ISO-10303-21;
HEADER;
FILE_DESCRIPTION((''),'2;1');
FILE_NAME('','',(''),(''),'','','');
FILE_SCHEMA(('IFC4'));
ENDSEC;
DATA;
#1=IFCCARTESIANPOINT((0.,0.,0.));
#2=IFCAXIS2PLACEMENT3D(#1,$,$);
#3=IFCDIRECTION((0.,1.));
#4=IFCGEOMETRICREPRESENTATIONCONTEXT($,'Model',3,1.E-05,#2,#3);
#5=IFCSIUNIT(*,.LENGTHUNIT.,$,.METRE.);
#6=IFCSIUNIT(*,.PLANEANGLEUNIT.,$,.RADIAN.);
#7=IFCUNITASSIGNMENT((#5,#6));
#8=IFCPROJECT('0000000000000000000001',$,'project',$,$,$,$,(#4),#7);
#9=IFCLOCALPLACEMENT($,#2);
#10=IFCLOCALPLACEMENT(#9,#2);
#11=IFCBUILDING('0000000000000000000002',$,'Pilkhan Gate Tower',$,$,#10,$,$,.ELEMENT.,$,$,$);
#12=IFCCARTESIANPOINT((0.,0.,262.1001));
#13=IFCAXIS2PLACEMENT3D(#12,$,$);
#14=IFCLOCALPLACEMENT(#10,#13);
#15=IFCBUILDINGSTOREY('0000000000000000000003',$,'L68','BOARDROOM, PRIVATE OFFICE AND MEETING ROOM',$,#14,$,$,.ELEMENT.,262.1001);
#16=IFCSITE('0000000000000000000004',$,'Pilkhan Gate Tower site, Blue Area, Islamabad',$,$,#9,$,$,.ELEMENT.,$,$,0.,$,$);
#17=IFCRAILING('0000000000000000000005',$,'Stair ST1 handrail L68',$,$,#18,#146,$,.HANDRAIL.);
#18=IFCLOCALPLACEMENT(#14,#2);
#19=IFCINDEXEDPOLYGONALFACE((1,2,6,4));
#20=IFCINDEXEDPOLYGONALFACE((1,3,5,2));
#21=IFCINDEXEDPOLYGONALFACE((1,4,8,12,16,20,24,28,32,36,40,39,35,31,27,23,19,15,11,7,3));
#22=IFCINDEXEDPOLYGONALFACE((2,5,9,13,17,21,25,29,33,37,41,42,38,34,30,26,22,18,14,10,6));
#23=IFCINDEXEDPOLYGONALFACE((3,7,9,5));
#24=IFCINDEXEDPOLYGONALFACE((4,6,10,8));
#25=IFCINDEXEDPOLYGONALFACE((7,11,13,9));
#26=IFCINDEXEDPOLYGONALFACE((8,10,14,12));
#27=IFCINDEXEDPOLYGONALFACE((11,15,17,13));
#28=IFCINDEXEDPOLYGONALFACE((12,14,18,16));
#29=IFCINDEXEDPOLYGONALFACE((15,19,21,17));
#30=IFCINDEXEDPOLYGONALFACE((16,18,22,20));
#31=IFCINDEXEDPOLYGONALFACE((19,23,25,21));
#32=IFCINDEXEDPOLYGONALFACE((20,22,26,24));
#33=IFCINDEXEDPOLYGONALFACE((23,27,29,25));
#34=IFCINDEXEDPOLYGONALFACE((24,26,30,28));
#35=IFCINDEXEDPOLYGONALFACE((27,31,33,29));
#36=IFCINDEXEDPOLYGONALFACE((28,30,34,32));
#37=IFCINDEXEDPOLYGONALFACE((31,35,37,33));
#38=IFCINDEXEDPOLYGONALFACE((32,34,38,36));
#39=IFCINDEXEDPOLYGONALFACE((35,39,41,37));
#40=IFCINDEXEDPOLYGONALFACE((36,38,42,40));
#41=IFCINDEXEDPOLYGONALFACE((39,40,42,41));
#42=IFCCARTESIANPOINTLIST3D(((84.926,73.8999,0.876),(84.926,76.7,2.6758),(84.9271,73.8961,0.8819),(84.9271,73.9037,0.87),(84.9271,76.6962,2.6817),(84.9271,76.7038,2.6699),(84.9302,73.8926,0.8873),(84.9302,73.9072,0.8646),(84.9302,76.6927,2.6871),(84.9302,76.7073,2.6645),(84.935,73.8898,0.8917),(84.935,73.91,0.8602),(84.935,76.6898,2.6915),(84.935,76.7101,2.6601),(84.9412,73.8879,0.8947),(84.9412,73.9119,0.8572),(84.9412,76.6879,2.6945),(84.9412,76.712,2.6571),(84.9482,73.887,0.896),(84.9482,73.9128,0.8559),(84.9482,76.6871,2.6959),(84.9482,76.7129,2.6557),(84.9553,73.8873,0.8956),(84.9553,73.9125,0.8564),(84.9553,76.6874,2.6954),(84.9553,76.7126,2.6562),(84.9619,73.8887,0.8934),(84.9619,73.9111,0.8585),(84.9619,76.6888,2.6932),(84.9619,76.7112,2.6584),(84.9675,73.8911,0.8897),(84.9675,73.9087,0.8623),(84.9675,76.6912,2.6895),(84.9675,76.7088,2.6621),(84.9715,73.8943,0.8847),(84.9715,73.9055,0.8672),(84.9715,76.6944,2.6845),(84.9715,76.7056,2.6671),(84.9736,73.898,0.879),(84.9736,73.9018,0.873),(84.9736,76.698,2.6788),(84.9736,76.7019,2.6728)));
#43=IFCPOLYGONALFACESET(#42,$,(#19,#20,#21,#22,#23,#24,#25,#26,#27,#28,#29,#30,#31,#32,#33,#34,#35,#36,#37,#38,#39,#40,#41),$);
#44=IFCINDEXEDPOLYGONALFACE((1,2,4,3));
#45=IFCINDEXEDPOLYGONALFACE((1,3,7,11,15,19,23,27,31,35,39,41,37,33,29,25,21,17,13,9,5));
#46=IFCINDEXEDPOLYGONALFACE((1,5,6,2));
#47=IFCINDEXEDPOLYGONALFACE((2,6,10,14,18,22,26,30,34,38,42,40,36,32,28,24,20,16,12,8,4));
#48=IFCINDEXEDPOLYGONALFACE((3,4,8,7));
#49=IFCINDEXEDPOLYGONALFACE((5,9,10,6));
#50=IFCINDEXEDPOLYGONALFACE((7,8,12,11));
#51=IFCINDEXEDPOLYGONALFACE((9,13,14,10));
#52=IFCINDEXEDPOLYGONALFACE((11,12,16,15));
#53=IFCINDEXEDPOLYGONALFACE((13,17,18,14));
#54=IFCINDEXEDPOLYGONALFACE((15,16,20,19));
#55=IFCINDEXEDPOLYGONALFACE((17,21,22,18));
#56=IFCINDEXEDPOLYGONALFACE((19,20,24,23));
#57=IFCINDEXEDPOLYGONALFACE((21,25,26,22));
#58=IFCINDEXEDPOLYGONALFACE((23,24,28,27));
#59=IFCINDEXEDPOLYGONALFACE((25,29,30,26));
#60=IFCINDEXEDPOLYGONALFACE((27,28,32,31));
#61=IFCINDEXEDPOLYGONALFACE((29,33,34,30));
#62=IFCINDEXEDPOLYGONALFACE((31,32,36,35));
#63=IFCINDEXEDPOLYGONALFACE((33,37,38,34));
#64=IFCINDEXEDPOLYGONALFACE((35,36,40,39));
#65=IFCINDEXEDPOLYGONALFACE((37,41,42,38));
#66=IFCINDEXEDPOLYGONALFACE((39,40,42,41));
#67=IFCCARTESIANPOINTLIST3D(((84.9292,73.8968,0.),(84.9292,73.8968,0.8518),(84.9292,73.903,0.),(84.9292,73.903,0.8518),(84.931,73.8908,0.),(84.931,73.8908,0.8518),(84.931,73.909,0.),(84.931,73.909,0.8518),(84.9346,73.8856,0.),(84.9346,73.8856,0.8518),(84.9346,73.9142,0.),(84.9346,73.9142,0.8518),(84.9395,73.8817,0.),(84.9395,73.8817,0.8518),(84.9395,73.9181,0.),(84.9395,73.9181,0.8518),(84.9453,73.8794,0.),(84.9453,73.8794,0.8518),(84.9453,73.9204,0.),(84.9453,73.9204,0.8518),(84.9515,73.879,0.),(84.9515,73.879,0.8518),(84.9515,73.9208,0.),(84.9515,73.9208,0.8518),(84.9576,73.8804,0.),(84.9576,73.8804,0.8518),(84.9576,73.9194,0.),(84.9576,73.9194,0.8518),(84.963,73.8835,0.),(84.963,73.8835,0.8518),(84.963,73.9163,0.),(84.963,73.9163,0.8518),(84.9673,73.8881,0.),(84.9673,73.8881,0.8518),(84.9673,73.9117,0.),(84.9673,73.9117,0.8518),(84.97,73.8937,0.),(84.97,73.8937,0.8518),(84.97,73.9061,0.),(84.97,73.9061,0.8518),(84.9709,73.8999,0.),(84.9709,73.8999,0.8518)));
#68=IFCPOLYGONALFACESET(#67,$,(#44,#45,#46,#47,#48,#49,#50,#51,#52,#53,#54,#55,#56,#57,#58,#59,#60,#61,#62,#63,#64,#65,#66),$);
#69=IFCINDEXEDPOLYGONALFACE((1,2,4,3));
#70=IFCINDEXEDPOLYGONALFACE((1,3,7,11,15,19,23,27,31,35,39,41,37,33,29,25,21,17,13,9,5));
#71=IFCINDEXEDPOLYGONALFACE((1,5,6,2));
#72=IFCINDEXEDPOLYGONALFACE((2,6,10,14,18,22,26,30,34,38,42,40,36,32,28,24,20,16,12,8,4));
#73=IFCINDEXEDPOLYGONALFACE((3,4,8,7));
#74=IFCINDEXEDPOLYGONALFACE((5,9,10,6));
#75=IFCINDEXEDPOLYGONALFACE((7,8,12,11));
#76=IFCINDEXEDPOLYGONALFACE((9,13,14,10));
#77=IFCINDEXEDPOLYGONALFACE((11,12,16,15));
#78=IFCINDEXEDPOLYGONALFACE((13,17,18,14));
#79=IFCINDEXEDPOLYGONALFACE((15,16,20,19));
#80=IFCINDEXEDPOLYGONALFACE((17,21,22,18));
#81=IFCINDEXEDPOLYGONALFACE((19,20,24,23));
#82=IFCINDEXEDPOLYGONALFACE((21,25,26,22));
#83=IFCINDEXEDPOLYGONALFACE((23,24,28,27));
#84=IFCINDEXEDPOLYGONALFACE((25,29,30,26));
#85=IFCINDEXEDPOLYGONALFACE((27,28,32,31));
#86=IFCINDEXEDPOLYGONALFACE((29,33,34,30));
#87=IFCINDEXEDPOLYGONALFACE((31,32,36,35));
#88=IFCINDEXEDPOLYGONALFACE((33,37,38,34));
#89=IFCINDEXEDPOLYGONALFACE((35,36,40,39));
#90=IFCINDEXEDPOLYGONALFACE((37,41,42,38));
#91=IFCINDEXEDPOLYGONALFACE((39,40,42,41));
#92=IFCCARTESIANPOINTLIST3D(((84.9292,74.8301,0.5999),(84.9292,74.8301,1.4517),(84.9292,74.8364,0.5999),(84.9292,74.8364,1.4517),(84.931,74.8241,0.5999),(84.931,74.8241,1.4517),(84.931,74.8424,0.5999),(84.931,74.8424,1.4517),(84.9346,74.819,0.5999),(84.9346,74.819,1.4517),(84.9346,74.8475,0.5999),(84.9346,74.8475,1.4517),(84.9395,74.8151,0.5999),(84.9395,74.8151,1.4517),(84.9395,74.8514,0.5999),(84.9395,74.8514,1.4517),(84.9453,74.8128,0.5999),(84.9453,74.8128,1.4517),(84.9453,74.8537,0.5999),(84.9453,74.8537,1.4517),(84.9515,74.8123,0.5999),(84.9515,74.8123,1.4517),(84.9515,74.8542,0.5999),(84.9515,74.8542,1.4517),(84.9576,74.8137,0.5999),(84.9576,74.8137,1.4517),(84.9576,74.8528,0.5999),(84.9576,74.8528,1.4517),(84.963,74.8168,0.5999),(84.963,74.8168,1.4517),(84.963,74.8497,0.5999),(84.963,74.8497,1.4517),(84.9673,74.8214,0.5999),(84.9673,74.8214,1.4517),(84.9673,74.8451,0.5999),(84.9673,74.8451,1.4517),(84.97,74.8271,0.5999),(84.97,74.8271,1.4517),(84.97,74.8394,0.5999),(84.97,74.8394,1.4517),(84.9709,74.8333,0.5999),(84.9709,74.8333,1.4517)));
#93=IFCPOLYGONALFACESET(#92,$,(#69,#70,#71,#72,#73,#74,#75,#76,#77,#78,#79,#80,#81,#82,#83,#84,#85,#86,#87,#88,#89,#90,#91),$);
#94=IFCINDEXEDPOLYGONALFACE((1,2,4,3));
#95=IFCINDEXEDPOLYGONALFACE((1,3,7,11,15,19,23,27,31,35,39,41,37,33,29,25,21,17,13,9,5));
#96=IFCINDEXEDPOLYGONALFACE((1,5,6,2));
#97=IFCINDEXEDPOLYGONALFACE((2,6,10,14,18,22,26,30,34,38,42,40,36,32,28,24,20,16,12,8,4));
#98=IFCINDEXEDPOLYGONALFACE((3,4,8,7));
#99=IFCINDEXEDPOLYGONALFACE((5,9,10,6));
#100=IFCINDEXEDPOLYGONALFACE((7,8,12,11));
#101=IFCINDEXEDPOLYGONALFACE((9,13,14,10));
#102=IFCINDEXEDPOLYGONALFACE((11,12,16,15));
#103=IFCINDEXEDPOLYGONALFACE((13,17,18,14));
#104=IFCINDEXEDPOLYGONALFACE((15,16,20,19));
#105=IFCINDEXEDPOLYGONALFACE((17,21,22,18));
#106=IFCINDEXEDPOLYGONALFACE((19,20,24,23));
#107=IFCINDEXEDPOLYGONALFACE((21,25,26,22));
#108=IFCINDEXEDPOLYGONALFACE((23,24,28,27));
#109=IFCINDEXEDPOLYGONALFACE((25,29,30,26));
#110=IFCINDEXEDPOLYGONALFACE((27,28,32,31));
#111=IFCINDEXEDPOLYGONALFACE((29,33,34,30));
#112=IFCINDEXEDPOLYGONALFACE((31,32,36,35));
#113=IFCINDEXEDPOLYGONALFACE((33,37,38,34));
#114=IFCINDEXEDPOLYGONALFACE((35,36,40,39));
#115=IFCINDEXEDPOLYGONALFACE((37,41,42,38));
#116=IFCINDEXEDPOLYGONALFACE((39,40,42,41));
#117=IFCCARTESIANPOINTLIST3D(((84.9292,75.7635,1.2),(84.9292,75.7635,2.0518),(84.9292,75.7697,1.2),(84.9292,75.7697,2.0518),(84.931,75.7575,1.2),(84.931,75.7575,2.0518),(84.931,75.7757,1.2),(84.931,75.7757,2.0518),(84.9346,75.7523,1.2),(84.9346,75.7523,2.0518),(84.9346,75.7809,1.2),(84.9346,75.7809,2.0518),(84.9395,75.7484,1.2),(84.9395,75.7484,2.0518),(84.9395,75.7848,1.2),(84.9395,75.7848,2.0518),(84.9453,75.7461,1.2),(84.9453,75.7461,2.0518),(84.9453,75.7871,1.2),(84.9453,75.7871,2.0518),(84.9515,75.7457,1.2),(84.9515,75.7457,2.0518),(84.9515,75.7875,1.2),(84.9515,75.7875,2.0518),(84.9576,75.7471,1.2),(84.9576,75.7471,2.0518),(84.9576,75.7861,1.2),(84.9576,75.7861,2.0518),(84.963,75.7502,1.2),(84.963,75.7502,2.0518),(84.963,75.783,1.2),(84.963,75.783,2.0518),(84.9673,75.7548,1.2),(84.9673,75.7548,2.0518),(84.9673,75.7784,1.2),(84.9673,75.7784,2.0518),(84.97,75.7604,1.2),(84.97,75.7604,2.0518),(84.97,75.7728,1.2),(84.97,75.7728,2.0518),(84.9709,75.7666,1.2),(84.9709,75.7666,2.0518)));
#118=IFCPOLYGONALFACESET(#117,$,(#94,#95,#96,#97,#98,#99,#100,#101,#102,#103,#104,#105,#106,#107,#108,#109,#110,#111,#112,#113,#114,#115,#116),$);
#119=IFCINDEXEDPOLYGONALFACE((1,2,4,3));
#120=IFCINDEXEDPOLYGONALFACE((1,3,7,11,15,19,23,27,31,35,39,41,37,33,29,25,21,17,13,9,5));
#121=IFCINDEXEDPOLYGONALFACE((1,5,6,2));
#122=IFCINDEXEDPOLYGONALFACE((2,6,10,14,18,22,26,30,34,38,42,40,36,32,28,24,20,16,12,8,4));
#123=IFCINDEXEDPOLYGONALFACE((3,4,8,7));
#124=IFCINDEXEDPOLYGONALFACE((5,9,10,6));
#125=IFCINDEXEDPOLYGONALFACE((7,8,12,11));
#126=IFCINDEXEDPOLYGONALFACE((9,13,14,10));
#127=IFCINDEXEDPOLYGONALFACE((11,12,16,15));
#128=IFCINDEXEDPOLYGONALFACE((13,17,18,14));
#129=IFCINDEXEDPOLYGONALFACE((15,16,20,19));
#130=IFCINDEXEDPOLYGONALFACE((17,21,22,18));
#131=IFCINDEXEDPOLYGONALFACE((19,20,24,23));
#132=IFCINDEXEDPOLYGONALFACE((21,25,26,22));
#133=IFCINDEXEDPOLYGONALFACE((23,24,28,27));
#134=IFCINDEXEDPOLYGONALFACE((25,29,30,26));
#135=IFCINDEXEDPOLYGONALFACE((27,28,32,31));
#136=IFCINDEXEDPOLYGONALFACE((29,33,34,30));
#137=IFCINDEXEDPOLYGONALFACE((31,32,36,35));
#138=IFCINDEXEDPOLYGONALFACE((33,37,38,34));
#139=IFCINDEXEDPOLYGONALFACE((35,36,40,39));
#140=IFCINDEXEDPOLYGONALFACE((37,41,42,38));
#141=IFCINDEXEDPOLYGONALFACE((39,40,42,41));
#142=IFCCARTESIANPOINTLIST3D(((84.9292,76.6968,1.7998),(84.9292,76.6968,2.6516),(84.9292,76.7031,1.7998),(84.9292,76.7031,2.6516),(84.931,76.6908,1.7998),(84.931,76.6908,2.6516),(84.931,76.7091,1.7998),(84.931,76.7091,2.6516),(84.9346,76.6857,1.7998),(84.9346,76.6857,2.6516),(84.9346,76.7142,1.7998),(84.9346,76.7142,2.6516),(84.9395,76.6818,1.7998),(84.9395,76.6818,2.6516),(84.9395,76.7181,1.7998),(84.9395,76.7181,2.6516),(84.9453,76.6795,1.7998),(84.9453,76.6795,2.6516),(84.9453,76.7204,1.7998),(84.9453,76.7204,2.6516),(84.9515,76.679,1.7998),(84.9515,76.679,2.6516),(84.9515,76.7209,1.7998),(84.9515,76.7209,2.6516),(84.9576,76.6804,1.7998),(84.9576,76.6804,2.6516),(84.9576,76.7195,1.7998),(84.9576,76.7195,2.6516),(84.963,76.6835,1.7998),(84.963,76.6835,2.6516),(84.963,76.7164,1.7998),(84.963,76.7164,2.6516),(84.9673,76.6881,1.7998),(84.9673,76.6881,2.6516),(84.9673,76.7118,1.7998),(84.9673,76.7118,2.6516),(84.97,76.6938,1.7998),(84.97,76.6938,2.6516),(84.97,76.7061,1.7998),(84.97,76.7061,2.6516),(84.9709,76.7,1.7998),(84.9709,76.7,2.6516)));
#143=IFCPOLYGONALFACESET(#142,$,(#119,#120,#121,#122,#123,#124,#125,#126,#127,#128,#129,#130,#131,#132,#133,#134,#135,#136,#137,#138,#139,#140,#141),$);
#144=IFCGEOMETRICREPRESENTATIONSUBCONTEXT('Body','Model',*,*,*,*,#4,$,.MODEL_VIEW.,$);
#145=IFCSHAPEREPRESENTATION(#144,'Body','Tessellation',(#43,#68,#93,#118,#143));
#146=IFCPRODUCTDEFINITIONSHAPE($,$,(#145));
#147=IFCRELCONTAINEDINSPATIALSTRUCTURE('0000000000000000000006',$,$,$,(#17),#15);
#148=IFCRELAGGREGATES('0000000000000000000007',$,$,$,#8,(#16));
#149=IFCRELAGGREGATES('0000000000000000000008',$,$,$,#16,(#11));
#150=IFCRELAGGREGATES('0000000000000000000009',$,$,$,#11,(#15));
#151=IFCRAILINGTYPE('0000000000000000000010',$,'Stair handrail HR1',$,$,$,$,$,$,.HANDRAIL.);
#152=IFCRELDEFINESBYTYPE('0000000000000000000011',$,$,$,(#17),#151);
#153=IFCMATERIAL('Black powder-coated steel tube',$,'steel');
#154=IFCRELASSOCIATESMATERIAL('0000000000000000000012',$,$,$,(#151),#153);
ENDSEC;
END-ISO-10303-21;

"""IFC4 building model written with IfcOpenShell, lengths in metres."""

from ifc_helpers import new_model, si_unit, direction, frame, origin, origin_2d, place, context, subcontext, project, spatial, circle, extrude, material, type_object, element, save


model = new_model("IFC4")

# Units and contexts
model_context = context("Model", 3, precision=1e-05, world=origin(), true_north=direction((0.0, 1.0)))
body_context = subcontext(model_context, "Body", "Model", "MODEL_VIEW")
ifc_project = project(units=[si_unit("LENGTHUNIT", "METRE"), si_unit("PLANEANGLEUNIT", "RADIAN")], contexts=[model_context])

# Site, building, storey
site_placement = place(None, origin())
site = spatial("IfcSite", under=ifc_project, at=site_placement, Name="Pilkhan Gate Tower site, Blue Area, Islamabad", CompositionType="ELEMENT", RefElevation=0.0)
building_placement = place(site_placement, origin())
building = spatial("IfcBuilding", under=site, at=building_placement, Name="Pilkhan Gate Tower", CompositionType="ELEMENT")
storey_placement = place(building_placement, frame((0.0, 0.0, 262.1001)))
storey = spatial("IfcBuildingStorey", under=building, at=storey_placement, Name="L68", Description="BOARDROOM, PRIVATE OFFICE AND MEETING ROOM", CompositionType="ELEMENT", Elevation=262.1001)

# Railing
ifc_material_1 = material(Name="Black powder-coated steel tube", Category="steel")
railing_type_1 = type_object("IfcRailingType", Name="Stair handrail HR1", PredefinedType="HANDRAIL", material=ifc_material_1)
railing_1_placement = place(storey_placement, frame((84.95, 73.8999, 0.0)))
element("IfcRailing", 1, at=railing_1_placement, inside=storey, type_object=railing_type_1, Name="Stair ST1 handrail L68", PredefinedType="HANDRAIL", context=body_context, shape_type="SweptSolid", body=[
    extrude(circle(Radius=0.0239, at=origin_2d()), frame((0.0, 0.0, 0.876), z_axis=(0.0, 0.841209, 0.540709), x_axis=(-1.0, 0.0, 0.0)), (0.0, 0.0, 1.0), 3.3286),
    extrude(circle(Radius=0.021, at=origin_2d()), origin(), (0.0, 0.0, 1.0), 0.8518),
    extrude(circle(Radius=0.021, at=origin_2d()), frame((0.0, 0.9333, 0.5999)), (0.0, 0.0, 1.0), 0.8518),
    extrude(circle(Radius=0.021, at=origin_2d()), frame((0.0, 1.8667, 1.2)), (0.0, 0.0, 1.0), 0.8518),
    extrude(circle(Radius=0.021, at=origin_2d()), frame((0.0, 2.8, 1.7998)), (0.0, 0.0, 1.0), 0.8518),
])

save(model, "model.ifc")
